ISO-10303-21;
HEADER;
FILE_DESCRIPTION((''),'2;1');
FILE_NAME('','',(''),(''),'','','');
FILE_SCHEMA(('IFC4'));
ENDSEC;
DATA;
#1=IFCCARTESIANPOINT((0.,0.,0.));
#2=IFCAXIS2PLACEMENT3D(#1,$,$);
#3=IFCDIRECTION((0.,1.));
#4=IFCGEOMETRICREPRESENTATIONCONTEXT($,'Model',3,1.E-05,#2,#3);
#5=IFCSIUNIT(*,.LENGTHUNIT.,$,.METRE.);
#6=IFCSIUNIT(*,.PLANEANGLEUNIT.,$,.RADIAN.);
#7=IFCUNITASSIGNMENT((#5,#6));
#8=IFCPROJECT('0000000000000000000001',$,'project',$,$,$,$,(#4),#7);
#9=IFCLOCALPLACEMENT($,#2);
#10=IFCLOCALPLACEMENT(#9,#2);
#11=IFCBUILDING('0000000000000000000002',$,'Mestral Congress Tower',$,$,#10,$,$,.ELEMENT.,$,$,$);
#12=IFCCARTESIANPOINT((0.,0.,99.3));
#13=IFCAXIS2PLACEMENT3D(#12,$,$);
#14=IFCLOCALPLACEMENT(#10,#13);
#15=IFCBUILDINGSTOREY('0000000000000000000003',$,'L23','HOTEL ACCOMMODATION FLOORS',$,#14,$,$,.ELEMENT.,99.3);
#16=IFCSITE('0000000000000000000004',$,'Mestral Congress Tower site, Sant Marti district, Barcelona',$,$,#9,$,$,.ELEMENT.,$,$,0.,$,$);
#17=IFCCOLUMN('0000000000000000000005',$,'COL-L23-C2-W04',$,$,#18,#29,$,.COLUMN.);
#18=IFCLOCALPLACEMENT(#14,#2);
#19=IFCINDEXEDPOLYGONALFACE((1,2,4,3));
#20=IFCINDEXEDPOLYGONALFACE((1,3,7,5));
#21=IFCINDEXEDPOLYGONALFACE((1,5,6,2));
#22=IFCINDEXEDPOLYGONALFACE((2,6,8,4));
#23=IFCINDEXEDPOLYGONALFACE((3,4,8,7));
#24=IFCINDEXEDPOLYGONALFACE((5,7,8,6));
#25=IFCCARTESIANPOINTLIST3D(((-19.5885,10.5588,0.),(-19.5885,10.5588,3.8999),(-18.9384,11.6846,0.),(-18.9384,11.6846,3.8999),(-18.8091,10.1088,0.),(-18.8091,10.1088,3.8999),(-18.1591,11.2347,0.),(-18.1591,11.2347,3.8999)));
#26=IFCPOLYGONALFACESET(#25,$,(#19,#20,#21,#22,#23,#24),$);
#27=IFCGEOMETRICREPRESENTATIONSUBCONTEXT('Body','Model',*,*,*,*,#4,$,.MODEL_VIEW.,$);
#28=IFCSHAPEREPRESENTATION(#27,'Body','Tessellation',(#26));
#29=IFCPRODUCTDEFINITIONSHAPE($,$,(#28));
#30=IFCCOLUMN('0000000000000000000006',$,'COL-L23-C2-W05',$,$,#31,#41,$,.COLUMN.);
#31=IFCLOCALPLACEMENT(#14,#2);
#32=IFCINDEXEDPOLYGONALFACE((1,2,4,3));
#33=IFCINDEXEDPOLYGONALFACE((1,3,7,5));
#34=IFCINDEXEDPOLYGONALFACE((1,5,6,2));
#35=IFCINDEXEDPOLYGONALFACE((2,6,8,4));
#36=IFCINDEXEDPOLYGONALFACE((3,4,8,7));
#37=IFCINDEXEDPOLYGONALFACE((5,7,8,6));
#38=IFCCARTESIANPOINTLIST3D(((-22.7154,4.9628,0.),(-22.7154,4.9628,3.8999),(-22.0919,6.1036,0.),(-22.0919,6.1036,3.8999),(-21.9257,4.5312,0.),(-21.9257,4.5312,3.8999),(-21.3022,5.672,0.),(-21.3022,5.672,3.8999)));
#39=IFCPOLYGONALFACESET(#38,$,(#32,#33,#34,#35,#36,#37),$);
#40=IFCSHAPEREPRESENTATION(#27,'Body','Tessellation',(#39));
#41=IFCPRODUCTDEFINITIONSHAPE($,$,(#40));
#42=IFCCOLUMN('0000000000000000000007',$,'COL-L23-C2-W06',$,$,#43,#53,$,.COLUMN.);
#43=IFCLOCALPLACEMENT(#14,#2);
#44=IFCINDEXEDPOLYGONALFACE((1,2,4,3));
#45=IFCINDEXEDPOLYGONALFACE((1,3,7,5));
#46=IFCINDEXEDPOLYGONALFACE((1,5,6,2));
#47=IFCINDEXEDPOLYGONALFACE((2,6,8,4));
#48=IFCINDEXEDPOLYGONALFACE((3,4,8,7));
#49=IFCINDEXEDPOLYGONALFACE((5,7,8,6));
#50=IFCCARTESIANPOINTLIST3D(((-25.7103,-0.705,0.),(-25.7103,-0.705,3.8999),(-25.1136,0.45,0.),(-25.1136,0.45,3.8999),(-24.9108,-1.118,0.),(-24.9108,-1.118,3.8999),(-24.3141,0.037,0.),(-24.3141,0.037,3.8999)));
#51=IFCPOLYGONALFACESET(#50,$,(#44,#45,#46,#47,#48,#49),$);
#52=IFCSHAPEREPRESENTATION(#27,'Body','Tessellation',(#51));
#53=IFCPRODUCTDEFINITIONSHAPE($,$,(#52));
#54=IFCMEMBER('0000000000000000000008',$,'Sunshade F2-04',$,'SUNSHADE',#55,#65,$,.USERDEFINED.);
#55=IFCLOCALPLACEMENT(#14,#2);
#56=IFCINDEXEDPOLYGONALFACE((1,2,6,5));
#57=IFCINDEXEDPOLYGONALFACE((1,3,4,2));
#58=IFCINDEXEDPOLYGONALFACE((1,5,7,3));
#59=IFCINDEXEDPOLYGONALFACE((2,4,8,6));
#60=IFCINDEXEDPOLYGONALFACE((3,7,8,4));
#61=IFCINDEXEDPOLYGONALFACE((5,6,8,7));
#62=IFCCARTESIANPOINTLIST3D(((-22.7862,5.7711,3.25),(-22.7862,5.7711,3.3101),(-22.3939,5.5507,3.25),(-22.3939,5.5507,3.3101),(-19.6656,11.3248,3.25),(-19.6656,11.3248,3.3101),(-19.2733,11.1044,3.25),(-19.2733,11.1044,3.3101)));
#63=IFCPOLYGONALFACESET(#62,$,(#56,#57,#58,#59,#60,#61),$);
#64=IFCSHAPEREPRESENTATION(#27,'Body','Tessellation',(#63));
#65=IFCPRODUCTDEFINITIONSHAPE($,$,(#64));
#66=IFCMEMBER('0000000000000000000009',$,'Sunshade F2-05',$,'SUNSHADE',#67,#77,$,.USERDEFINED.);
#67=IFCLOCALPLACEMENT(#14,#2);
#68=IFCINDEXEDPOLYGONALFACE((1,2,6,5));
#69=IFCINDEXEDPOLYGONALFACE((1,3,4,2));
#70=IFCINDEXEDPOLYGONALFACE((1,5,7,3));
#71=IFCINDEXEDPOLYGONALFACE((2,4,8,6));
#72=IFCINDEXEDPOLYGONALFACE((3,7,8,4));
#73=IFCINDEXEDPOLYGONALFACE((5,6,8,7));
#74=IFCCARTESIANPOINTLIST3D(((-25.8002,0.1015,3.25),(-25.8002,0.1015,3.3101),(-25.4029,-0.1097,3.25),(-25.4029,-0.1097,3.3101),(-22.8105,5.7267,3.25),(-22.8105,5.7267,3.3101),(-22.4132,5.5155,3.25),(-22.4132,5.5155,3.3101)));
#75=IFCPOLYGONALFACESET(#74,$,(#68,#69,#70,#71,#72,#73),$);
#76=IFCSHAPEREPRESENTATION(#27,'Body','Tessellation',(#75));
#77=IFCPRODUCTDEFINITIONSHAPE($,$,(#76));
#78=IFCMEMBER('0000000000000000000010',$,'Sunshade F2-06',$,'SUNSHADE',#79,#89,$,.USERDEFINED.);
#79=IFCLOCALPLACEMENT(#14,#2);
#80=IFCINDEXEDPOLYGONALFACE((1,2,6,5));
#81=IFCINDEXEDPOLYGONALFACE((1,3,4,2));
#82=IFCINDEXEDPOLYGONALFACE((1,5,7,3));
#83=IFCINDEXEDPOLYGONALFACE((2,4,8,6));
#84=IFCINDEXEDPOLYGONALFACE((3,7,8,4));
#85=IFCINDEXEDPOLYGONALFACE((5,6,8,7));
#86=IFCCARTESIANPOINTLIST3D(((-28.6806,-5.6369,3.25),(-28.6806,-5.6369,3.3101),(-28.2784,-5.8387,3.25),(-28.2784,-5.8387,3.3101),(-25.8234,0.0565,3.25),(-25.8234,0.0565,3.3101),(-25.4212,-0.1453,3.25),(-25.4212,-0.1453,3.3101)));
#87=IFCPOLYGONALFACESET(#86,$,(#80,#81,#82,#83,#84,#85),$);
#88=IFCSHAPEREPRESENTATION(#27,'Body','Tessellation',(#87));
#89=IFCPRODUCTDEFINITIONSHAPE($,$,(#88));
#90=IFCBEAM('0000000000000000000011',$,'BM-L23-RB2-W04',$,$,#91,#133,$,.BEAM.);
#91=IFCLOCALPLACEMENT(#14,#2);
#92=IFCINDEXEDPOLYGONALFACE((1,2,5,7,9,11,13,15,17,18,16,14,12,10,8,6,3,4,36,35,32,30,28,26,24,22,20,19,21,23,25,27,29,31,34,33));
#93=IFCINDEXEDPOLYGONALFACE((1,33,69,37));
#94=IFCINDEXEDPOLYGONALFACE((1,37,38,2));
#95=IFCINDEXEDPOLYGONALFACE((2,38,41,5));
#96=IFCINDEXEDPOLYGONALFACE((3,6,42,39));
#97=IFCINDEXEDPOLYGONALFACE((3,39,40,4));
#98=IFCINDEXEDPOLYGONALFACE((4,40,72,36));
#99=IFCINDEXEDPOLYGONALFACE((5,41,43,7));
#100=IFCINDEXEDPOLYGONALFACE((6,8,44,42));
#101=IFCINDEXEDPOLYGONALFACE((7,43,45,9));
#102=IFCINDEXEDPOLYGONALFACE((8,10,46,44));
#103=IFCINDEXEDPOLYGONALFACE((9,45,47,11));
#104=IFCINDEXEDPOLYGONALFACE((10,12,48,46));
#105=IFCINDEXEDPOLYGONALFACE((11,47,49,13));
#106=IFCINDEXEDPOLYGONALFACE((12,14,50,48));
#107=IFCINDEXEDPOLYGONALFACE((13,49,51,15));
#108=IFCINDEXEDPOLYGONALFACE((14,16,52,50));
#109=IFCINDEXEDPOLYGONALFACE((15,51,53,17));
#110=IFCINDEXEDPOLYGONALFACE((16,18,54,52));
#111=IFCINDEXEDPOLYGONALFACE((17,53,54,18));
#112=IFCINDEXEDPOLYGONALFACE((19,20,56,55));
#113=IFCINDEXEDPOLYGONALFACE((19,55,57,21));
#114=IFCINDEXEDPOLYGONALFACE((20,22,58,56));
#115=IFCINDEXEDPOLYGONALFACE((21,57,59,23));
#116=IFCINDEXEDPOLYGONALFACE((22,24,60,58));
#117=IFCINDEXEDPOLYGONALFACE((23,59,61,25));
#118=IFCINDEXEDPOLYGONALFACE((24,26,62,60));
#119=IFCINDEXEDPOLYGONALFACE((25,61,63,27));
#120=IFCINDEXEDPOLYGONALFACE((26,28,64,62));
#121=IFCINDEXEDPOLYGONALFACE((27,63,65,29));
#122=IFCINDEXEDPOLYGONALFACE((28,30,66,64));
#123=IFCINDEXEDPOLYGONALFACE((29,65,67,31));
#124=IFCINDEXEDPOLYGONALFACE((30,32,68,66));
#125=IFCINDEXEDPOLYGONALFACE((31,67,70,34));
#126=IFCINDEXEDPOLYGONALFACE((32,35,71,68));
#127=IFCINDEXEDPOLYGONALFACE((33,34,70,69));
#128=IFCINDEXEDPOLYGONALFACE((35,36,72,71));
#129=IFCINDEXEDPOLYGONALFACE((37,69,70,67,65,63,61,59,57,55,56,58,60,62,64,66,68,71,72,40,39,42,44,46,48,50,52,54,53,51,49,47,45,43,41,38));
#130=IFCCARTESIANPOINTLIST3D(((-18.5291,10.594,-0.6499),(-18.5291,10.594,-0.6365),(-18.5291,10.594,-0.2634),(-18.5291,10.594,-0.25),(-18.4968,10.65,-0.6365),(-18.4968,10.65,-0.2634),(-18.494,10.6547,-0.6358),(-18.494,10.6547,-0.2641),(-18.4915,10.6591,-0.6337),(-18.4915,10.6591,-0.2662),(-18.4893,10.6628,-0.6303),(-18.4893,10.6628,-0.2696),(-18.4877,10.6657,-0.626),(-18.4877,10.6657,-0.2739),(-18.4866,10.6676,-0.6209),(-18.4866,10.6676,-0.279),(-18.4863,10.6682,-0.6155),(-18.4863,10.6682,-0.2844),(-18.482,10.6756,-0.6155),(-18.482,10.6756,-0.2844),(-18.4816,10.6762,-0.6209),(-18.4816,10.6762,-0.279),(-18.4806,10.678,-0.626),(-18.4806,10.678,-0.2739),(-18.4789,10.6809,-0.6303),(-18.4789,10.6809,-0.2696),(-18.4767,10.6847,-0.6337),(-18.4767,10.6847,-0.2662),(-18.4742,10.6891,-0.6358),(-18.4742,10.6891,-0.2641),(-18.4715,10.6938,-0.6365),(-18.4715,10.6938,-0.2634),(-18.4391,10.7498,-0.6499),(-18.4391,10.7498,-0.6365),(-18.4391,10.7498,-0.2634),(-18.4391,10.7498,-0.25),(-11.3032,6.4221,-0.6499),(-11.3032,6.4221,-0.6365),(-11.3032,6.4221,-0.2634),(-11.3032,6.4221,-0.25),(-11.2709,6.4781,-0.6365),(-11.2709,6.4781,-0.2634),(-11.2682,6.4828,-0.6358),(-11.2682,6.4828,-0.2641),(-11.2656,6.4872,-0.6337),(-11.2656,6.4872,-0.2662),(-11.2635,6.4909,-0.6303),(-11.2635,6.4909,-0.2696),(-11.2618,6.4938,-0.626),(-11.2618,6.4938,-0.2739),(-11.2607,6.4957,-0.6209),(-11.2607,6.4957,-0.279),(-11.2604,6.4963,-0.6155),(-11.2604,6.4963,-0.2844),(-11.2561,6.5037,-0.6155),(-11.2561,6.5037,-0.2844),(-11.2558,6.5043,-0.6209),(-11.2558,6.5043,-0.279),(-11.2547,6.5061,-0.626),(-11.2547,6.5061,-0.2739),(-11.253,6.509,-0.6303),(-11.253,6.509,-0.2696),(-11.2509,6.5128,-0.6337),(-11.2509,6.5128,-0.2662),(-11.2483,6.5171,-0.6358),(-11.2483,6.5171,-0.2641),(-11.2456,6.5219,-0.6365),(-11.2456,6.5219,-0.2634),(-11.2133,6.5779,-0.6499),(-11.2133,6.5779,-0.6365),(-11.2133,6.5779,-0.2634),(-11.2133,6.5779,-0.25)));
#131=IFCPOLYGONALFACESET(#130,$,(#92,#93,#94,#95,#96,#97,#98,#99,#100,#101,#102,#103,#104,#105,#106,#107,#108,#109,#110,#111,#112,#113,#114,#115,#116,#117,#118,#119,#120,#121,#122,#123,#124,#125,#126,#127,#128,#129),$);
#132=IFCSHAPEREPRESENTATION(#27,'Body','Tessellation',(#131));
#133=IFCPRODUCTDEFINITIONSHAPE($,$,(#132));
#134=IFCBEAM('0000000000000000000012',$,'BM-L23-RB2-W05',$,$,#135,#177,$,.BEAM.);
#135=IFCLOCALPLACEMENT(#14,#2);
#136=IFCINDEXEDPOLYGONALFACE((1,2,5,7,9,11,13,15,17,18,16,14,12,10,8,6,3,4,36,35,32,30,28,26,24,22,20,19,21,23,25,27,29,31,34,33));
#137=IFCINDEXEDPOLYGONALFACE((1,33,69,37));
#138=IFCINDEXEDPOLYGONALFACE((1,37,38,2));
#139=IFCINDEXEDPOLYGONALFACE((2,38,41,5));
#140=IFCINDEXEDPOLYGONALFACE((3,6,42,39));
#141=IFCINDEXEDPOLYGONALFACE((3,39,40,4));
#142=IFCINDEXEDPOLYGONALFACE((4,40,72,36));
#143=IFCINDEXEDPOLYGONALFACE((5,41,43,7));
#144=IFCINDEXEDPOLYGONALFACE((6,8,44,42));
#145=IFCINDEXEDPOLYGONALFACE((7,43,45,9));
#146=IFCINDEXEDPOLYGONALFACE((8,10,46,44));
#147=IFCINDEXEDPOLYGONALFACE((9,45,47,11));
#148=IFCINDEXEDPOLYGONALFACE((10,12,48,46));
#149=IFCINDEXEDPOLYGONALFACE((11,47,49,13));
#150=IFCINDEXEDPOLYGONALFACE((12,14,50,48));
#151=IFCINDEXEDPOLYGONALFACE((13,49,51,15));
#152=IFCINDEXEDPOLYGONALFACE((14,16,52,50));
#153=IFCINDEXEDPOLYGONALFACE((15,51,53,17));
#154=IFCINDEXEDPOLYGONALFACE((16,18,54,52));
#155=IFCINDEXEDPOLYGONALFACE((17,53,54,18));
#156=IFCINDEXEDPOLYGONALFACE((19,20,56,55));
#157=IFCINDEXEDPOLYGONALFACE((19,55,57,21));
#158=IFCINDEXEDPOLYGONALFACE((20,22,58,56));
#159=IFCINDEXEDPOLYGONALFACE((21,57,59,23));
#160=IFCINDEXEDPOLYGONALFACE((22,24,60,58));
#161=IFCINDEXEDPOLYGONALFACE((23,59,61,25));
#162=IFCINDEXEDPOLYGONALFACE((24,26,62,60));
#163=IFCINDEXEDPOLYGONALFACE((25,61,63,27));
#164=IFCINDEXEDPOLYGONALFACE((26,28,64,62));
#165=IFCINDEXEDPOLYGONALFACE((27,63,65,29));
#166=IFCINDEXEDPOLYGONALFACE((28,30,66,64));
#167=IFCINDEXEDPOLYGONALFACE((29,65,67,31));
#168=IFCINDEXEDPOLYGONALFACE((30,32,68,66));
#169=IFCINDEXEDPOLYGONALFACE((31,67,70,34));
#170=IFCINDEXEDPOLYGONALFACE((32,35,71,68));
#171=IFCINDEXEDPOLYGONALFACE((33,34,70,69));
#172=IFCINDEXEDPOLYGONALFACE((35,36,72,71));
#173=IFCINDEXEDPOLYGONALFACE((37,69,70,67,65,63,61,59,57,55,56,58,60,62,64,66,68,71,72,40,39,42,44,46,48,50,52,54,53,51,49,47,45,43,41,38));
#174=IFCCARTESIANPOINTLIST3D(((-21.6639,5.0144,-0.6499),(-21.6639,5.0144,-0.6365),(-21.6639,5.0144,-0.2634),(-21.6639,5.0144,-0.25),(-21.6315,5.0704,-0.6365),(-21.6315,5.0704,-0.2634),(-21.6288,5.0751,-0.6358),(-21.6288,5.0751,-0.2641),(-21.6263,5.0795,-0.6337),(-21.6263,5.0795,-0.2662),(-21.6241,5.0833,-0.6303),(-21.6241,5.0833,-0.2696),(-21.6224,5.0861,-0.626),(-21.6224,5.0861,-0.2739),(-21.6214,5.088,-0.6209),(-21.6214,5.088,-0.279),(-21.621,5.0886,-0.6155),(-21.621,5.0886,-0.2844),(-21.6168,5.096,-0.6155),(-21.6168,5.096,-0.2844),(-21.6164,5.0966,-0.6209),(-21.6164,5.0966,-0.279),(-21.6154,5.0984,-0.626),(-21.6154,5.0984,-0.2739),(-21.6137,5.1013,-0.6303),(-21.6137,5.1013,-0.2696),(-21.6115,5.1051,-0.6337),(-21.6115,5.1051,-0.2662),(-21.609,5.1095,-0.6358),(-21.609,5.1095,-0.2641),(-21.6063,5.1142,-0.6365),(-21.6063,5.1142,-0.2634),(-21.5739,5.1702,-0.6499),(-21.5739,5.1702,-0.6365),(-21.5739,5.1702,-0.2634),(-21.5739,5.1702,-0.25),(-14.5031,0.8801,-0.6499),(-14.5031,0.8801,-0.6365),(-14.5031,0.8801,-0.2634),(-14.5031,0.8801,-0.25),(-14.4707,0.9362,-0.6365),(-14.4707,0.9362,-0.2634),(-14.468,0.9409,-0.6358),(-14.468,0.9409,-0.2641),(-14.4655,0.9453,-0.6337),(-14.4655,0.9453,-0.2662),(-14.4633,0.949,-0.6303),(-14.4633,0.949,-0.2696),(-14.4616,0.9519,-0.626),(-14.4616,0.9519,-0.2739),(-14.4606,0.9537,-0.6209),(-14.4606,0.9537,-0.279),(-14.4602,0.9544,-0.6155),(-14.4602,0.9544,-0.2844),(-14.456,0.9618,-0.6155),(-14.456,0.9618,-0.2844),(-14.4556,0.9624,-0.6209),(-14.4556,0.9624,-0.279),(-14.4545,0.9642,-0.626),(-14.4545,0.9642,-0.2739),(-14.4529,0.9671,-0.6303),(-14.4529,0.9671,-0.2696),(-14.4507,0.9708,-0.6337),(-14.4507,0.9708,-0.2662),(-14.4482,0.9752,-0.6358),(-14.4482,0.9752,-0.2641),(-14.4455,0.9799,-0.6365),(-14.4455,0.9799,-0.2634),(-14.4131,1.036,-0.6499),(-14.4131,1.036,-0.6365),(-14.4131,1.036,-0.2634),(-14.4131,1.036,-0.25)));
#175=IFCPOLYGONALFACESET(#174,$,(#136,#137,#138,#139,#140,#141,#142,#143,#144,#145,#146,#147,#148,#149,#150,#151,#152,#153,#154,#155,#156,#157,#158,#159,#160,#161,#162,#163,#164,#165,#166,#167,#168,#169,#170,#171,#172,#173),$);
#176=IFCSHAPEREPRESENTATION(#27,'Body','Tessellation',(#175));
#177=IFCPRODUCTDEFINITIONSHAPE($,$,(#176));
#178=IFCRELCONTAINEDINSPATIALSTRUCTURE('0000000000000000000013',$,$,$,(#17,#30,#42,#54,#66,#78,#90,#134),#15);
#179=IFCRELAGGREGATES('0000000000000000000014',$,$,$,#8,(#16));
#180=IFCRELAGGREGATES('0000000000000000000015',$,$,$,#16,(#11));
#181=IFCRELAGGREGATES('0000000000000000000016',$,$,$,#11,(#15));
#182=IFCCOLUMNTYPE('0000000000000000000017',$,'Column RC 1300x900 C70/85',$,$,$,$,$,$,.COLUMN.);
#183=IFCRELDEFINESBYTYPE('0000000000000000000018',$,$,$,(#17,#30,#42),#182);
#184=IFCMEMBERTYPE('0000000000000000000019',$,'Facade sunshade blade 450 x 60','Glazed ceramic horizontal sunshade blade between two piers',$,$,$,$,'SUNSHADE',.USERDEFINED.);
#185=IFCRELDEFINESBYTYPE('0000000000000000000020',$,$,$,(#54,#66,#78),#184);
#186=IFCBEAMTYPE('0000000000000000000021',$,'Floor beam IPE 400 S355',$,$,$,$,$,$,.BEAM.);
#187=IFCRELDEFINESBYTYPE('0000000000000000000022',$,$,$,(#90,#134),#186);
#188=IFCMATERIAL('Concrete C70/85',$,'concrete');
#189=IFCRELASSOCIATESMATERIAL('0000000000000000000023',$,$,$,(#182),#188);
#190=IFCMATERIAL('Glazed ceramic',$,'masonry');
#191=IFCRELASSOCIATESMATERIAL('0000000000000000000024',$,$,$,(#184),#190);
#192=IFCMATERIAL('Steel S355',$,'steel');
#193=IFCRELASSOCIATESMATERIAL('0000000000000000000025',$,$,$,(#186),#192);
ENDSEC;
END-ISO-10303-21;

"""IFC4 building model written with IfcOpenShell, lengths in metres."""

from ifc_helpers import new_model, si_unit, direction, frame, origin, origin_2d, place, context, subcontext, project, spatial, rectangle, i_section, extrude, material, material_profile, profile_set, type_object, element, save


model = new_model("IFC4")

# Units and contexts
model_context = context("Model", 3, precision=1e-05, world=origin(), true_north=direction((0.0, 1.0)))
body_context = subcontext(model_context, "Body", "Model", "MODEL_VIEW")
ifc_project = project(units=[si_unit("LENGTHUNIT", "METRE"), si_unit("PLANEANGLEUNIT", "RADIAN")], contexts=[model_context])

# Site, building, storey
site_placement = place(None, origin())
site = spatial("IfcSite", under=ifc_project, at=site_placement, Name="Mestral Congress Tower site, Sant Marti district, Barcelona", CompositionType="ELEMENT", RefElevation=0.0)
building_placement = place(site_placement, origin())
building = spatial("IfcBuilding", under=site, at=building_placement, Name="Mestral Congress Tower", CompositionType="ELEMENT")
storey_placement = place(building_placement, frame((0.0, 0.0, 99.3)))
storey = spatial("IfcBuildingStorey", under=building, at=storey_placement, Name="L23", Description="HOTEL ACCOMMODATION FLOORS", CompositionType="ELEMENT", Elevation=99.3)

# Columns
ifc_material_1 = material(Name="Concrete C70/85", Category="concrete")
ifc_material_profile_1 = material_profile(ifc_material_1, rectangle(XDim=1.3, YDim=0.8999, at=origin_2d()), Name="RC 1300x900")
ifc_profile_set_1 = profile_set([ifc_material_profile_1], Name="Concrete C70/85")
column_type = type_object("IfcColumnType", Name="Column RC 1300x900 C70/85", PredefinedType="COLUMN", material=ifc_profile_set_1)
for number, where, z_axis, x_axis, name in (
    (1, (-18.8738, 10.8967, 0.0), (0.0, 0.0, 1.0), (-0.5, -0.866025, 0.0), "COL-L23-C2-W04"),
    (2, (-22.0088, 5.3174, 0.0), (0.0, 0.0, 1.0), (-0.479613, -0.87748, 0.0), "COL-L23-C2-W05"),
    (3, (-25.0122, -0.334, 0.0), (0.0, 0.0, 1.0), (-0.458961, -0.888456, 0.0), "COL-L23-C2-W06"),
):
    element("IfcColumn", number, at=place(storey_placement, frame(where, z_axis=z_axis, x_axis=x_axis)), inside=storey, type_object=column_type, Name=name, PredefinedType="COLUMN", context=body_context, shape_type="SweptSolid", body=[
        extrude(rectangle(XDim=1.3, YDim=0.8999, at=origin_2d()), origin(), (0.0, 0.0, 1.0), 3.8999),
    ])

# Members
ifc_material_2 = material(Name="Glazed ceramic", Category="masonry")
ifc_material_profile_2 = material_profile(ifc_material_2, rectangle(XDim=0.45, YDim=0.0601, at=origin_2d()), Name="Ceramic blade 450 x 60")
ifc_profile_set_2 = profile_set([ifc_material_profile_2], Name="Glazed ceramic")
member_type = type_object("IfcMemberType", Name="Facade sunshade blade 450 x 60", Description="Glazed ceramic horizontal sunshade blade between two piers", ElementType="SUNSHADE", PredefinedType="USERDEFINED", material=ifc_profile_set_2)
for number, where, z_axis, x_axis, name in (
    (4, (-19.4695, 11.2146, 3.28), (-0.489861, -0.871801, 0.0), (0.871801, -0.489861, 0.0), "Sunshade F2-04"),
    (5, (-22.6118, 5.6211, 3.28), (-0.469319, -0.883029, 0.0), (0.883029, -0.469319, 0.0), "Sunshade F2-05"),
):
    element("IfcMember", number, at=place(storey_placement, frame(where, z_axis=z_axis, x_axis=x_axis)), inside=storey, type_object=member_type, Name=name, ObjectType="SUNSHADE", PredefinedType="USERDEFINED", context=body_context, shape_type="SweptSolid", body=[
        extrude(rectangle(XDim=0.45, YDim=0.0601, at=origin_2d()), origin(), (0.0, 0.0, 1.0), 6.3704),
    ])
member_placement = place(storey_placement, frame((-25.6223, -0.0444, 3.28), z_axis=(-0.448532, -0.893767, 0.0), x_axis=(0.893767, -0.448532, 0.0)))
element("IfcMember", 6, at=member_placement, inside=storey, type_object=member_type, Name="Sunshade F2-06", ObjectType="SUNSHADE", PredefinedType="USERDEFINED", context=body_context, shape_type="SweptSolid", body=[
    extrude(rectangle(XDim=0.45, YDim=0.0601, at=origin_2d()), origin(), (0.0, 0.0, 1.0), 6.3701),
])

# Beams
ifc_material_3 = material(Name="Steel S355", Category="steel")
ifc_material_profile_3 = material_profile(ifc_material_3, i_section(OverallWidth=0.1799, OverallDepth=0.3999, WebThickness=0.0085, FlangeThickness=0.0134, FilletRadius=0.021, at=origin_2d()), Name="IPE 400")
ifc_profile_set_3 = profile_set([ifc_material_profile_3], Name="Steel S355")
beam_type_1 = type_object("IfcBeamType", Name="Floor beam IPE 400 S355", PredefinedType="BEAM", material=ifc_profile_set_3)
beam_1_placement = place(storey_placement, frame((-18.4841, 10.6719, -0.45), z_axis=(0.866023, -0.500004, 0.0), x_axis=(0.500004, 0.866023, 0.0)))
element("IfcBeam", 7, at=beam_1_placement, inside=storey, type_object=beam_type_1, Name="BM-L23-RB2-W04", PredefinedType="BEAM", context=body_context, shape_type="SweptSolid", body=[
    extrude(i_section(OverallWidth=0.1799, OverallDepth=0.3999, WebThickness=0.0085, FlangeThickness=0.0134, FilletRadius=0.021, at=origin_2d()), origin(), (0.0, 0.0, 1.0), 8.3438),
])
beam_2_placement = place(storey_placement, frame((-21.6189, 5.0923, -0.45), z_axis=(0.866029, -0.499994, 0.0), x_axis=(0.499994, 0.866029, 0.0)))
element("IfcBeam", 8, at=beam_2_placement, inside=storey, type_object=beam_type_1, Name="BM-L23-RB2-W05", PredefinedType="BEAM", context=body_context, shape_type="SweptSolid", body=[
    extrude(i_section(OverallWidth=0.1799, OverallDepth=0.3999, WebThickness=0.0085, FlangeThickness=0.0134, FilletRadius=0.021, at=origin_2d()), origin(), (0.0, 0.0, 1.0), 8.2686),
])

save(model, "model.ifc")
